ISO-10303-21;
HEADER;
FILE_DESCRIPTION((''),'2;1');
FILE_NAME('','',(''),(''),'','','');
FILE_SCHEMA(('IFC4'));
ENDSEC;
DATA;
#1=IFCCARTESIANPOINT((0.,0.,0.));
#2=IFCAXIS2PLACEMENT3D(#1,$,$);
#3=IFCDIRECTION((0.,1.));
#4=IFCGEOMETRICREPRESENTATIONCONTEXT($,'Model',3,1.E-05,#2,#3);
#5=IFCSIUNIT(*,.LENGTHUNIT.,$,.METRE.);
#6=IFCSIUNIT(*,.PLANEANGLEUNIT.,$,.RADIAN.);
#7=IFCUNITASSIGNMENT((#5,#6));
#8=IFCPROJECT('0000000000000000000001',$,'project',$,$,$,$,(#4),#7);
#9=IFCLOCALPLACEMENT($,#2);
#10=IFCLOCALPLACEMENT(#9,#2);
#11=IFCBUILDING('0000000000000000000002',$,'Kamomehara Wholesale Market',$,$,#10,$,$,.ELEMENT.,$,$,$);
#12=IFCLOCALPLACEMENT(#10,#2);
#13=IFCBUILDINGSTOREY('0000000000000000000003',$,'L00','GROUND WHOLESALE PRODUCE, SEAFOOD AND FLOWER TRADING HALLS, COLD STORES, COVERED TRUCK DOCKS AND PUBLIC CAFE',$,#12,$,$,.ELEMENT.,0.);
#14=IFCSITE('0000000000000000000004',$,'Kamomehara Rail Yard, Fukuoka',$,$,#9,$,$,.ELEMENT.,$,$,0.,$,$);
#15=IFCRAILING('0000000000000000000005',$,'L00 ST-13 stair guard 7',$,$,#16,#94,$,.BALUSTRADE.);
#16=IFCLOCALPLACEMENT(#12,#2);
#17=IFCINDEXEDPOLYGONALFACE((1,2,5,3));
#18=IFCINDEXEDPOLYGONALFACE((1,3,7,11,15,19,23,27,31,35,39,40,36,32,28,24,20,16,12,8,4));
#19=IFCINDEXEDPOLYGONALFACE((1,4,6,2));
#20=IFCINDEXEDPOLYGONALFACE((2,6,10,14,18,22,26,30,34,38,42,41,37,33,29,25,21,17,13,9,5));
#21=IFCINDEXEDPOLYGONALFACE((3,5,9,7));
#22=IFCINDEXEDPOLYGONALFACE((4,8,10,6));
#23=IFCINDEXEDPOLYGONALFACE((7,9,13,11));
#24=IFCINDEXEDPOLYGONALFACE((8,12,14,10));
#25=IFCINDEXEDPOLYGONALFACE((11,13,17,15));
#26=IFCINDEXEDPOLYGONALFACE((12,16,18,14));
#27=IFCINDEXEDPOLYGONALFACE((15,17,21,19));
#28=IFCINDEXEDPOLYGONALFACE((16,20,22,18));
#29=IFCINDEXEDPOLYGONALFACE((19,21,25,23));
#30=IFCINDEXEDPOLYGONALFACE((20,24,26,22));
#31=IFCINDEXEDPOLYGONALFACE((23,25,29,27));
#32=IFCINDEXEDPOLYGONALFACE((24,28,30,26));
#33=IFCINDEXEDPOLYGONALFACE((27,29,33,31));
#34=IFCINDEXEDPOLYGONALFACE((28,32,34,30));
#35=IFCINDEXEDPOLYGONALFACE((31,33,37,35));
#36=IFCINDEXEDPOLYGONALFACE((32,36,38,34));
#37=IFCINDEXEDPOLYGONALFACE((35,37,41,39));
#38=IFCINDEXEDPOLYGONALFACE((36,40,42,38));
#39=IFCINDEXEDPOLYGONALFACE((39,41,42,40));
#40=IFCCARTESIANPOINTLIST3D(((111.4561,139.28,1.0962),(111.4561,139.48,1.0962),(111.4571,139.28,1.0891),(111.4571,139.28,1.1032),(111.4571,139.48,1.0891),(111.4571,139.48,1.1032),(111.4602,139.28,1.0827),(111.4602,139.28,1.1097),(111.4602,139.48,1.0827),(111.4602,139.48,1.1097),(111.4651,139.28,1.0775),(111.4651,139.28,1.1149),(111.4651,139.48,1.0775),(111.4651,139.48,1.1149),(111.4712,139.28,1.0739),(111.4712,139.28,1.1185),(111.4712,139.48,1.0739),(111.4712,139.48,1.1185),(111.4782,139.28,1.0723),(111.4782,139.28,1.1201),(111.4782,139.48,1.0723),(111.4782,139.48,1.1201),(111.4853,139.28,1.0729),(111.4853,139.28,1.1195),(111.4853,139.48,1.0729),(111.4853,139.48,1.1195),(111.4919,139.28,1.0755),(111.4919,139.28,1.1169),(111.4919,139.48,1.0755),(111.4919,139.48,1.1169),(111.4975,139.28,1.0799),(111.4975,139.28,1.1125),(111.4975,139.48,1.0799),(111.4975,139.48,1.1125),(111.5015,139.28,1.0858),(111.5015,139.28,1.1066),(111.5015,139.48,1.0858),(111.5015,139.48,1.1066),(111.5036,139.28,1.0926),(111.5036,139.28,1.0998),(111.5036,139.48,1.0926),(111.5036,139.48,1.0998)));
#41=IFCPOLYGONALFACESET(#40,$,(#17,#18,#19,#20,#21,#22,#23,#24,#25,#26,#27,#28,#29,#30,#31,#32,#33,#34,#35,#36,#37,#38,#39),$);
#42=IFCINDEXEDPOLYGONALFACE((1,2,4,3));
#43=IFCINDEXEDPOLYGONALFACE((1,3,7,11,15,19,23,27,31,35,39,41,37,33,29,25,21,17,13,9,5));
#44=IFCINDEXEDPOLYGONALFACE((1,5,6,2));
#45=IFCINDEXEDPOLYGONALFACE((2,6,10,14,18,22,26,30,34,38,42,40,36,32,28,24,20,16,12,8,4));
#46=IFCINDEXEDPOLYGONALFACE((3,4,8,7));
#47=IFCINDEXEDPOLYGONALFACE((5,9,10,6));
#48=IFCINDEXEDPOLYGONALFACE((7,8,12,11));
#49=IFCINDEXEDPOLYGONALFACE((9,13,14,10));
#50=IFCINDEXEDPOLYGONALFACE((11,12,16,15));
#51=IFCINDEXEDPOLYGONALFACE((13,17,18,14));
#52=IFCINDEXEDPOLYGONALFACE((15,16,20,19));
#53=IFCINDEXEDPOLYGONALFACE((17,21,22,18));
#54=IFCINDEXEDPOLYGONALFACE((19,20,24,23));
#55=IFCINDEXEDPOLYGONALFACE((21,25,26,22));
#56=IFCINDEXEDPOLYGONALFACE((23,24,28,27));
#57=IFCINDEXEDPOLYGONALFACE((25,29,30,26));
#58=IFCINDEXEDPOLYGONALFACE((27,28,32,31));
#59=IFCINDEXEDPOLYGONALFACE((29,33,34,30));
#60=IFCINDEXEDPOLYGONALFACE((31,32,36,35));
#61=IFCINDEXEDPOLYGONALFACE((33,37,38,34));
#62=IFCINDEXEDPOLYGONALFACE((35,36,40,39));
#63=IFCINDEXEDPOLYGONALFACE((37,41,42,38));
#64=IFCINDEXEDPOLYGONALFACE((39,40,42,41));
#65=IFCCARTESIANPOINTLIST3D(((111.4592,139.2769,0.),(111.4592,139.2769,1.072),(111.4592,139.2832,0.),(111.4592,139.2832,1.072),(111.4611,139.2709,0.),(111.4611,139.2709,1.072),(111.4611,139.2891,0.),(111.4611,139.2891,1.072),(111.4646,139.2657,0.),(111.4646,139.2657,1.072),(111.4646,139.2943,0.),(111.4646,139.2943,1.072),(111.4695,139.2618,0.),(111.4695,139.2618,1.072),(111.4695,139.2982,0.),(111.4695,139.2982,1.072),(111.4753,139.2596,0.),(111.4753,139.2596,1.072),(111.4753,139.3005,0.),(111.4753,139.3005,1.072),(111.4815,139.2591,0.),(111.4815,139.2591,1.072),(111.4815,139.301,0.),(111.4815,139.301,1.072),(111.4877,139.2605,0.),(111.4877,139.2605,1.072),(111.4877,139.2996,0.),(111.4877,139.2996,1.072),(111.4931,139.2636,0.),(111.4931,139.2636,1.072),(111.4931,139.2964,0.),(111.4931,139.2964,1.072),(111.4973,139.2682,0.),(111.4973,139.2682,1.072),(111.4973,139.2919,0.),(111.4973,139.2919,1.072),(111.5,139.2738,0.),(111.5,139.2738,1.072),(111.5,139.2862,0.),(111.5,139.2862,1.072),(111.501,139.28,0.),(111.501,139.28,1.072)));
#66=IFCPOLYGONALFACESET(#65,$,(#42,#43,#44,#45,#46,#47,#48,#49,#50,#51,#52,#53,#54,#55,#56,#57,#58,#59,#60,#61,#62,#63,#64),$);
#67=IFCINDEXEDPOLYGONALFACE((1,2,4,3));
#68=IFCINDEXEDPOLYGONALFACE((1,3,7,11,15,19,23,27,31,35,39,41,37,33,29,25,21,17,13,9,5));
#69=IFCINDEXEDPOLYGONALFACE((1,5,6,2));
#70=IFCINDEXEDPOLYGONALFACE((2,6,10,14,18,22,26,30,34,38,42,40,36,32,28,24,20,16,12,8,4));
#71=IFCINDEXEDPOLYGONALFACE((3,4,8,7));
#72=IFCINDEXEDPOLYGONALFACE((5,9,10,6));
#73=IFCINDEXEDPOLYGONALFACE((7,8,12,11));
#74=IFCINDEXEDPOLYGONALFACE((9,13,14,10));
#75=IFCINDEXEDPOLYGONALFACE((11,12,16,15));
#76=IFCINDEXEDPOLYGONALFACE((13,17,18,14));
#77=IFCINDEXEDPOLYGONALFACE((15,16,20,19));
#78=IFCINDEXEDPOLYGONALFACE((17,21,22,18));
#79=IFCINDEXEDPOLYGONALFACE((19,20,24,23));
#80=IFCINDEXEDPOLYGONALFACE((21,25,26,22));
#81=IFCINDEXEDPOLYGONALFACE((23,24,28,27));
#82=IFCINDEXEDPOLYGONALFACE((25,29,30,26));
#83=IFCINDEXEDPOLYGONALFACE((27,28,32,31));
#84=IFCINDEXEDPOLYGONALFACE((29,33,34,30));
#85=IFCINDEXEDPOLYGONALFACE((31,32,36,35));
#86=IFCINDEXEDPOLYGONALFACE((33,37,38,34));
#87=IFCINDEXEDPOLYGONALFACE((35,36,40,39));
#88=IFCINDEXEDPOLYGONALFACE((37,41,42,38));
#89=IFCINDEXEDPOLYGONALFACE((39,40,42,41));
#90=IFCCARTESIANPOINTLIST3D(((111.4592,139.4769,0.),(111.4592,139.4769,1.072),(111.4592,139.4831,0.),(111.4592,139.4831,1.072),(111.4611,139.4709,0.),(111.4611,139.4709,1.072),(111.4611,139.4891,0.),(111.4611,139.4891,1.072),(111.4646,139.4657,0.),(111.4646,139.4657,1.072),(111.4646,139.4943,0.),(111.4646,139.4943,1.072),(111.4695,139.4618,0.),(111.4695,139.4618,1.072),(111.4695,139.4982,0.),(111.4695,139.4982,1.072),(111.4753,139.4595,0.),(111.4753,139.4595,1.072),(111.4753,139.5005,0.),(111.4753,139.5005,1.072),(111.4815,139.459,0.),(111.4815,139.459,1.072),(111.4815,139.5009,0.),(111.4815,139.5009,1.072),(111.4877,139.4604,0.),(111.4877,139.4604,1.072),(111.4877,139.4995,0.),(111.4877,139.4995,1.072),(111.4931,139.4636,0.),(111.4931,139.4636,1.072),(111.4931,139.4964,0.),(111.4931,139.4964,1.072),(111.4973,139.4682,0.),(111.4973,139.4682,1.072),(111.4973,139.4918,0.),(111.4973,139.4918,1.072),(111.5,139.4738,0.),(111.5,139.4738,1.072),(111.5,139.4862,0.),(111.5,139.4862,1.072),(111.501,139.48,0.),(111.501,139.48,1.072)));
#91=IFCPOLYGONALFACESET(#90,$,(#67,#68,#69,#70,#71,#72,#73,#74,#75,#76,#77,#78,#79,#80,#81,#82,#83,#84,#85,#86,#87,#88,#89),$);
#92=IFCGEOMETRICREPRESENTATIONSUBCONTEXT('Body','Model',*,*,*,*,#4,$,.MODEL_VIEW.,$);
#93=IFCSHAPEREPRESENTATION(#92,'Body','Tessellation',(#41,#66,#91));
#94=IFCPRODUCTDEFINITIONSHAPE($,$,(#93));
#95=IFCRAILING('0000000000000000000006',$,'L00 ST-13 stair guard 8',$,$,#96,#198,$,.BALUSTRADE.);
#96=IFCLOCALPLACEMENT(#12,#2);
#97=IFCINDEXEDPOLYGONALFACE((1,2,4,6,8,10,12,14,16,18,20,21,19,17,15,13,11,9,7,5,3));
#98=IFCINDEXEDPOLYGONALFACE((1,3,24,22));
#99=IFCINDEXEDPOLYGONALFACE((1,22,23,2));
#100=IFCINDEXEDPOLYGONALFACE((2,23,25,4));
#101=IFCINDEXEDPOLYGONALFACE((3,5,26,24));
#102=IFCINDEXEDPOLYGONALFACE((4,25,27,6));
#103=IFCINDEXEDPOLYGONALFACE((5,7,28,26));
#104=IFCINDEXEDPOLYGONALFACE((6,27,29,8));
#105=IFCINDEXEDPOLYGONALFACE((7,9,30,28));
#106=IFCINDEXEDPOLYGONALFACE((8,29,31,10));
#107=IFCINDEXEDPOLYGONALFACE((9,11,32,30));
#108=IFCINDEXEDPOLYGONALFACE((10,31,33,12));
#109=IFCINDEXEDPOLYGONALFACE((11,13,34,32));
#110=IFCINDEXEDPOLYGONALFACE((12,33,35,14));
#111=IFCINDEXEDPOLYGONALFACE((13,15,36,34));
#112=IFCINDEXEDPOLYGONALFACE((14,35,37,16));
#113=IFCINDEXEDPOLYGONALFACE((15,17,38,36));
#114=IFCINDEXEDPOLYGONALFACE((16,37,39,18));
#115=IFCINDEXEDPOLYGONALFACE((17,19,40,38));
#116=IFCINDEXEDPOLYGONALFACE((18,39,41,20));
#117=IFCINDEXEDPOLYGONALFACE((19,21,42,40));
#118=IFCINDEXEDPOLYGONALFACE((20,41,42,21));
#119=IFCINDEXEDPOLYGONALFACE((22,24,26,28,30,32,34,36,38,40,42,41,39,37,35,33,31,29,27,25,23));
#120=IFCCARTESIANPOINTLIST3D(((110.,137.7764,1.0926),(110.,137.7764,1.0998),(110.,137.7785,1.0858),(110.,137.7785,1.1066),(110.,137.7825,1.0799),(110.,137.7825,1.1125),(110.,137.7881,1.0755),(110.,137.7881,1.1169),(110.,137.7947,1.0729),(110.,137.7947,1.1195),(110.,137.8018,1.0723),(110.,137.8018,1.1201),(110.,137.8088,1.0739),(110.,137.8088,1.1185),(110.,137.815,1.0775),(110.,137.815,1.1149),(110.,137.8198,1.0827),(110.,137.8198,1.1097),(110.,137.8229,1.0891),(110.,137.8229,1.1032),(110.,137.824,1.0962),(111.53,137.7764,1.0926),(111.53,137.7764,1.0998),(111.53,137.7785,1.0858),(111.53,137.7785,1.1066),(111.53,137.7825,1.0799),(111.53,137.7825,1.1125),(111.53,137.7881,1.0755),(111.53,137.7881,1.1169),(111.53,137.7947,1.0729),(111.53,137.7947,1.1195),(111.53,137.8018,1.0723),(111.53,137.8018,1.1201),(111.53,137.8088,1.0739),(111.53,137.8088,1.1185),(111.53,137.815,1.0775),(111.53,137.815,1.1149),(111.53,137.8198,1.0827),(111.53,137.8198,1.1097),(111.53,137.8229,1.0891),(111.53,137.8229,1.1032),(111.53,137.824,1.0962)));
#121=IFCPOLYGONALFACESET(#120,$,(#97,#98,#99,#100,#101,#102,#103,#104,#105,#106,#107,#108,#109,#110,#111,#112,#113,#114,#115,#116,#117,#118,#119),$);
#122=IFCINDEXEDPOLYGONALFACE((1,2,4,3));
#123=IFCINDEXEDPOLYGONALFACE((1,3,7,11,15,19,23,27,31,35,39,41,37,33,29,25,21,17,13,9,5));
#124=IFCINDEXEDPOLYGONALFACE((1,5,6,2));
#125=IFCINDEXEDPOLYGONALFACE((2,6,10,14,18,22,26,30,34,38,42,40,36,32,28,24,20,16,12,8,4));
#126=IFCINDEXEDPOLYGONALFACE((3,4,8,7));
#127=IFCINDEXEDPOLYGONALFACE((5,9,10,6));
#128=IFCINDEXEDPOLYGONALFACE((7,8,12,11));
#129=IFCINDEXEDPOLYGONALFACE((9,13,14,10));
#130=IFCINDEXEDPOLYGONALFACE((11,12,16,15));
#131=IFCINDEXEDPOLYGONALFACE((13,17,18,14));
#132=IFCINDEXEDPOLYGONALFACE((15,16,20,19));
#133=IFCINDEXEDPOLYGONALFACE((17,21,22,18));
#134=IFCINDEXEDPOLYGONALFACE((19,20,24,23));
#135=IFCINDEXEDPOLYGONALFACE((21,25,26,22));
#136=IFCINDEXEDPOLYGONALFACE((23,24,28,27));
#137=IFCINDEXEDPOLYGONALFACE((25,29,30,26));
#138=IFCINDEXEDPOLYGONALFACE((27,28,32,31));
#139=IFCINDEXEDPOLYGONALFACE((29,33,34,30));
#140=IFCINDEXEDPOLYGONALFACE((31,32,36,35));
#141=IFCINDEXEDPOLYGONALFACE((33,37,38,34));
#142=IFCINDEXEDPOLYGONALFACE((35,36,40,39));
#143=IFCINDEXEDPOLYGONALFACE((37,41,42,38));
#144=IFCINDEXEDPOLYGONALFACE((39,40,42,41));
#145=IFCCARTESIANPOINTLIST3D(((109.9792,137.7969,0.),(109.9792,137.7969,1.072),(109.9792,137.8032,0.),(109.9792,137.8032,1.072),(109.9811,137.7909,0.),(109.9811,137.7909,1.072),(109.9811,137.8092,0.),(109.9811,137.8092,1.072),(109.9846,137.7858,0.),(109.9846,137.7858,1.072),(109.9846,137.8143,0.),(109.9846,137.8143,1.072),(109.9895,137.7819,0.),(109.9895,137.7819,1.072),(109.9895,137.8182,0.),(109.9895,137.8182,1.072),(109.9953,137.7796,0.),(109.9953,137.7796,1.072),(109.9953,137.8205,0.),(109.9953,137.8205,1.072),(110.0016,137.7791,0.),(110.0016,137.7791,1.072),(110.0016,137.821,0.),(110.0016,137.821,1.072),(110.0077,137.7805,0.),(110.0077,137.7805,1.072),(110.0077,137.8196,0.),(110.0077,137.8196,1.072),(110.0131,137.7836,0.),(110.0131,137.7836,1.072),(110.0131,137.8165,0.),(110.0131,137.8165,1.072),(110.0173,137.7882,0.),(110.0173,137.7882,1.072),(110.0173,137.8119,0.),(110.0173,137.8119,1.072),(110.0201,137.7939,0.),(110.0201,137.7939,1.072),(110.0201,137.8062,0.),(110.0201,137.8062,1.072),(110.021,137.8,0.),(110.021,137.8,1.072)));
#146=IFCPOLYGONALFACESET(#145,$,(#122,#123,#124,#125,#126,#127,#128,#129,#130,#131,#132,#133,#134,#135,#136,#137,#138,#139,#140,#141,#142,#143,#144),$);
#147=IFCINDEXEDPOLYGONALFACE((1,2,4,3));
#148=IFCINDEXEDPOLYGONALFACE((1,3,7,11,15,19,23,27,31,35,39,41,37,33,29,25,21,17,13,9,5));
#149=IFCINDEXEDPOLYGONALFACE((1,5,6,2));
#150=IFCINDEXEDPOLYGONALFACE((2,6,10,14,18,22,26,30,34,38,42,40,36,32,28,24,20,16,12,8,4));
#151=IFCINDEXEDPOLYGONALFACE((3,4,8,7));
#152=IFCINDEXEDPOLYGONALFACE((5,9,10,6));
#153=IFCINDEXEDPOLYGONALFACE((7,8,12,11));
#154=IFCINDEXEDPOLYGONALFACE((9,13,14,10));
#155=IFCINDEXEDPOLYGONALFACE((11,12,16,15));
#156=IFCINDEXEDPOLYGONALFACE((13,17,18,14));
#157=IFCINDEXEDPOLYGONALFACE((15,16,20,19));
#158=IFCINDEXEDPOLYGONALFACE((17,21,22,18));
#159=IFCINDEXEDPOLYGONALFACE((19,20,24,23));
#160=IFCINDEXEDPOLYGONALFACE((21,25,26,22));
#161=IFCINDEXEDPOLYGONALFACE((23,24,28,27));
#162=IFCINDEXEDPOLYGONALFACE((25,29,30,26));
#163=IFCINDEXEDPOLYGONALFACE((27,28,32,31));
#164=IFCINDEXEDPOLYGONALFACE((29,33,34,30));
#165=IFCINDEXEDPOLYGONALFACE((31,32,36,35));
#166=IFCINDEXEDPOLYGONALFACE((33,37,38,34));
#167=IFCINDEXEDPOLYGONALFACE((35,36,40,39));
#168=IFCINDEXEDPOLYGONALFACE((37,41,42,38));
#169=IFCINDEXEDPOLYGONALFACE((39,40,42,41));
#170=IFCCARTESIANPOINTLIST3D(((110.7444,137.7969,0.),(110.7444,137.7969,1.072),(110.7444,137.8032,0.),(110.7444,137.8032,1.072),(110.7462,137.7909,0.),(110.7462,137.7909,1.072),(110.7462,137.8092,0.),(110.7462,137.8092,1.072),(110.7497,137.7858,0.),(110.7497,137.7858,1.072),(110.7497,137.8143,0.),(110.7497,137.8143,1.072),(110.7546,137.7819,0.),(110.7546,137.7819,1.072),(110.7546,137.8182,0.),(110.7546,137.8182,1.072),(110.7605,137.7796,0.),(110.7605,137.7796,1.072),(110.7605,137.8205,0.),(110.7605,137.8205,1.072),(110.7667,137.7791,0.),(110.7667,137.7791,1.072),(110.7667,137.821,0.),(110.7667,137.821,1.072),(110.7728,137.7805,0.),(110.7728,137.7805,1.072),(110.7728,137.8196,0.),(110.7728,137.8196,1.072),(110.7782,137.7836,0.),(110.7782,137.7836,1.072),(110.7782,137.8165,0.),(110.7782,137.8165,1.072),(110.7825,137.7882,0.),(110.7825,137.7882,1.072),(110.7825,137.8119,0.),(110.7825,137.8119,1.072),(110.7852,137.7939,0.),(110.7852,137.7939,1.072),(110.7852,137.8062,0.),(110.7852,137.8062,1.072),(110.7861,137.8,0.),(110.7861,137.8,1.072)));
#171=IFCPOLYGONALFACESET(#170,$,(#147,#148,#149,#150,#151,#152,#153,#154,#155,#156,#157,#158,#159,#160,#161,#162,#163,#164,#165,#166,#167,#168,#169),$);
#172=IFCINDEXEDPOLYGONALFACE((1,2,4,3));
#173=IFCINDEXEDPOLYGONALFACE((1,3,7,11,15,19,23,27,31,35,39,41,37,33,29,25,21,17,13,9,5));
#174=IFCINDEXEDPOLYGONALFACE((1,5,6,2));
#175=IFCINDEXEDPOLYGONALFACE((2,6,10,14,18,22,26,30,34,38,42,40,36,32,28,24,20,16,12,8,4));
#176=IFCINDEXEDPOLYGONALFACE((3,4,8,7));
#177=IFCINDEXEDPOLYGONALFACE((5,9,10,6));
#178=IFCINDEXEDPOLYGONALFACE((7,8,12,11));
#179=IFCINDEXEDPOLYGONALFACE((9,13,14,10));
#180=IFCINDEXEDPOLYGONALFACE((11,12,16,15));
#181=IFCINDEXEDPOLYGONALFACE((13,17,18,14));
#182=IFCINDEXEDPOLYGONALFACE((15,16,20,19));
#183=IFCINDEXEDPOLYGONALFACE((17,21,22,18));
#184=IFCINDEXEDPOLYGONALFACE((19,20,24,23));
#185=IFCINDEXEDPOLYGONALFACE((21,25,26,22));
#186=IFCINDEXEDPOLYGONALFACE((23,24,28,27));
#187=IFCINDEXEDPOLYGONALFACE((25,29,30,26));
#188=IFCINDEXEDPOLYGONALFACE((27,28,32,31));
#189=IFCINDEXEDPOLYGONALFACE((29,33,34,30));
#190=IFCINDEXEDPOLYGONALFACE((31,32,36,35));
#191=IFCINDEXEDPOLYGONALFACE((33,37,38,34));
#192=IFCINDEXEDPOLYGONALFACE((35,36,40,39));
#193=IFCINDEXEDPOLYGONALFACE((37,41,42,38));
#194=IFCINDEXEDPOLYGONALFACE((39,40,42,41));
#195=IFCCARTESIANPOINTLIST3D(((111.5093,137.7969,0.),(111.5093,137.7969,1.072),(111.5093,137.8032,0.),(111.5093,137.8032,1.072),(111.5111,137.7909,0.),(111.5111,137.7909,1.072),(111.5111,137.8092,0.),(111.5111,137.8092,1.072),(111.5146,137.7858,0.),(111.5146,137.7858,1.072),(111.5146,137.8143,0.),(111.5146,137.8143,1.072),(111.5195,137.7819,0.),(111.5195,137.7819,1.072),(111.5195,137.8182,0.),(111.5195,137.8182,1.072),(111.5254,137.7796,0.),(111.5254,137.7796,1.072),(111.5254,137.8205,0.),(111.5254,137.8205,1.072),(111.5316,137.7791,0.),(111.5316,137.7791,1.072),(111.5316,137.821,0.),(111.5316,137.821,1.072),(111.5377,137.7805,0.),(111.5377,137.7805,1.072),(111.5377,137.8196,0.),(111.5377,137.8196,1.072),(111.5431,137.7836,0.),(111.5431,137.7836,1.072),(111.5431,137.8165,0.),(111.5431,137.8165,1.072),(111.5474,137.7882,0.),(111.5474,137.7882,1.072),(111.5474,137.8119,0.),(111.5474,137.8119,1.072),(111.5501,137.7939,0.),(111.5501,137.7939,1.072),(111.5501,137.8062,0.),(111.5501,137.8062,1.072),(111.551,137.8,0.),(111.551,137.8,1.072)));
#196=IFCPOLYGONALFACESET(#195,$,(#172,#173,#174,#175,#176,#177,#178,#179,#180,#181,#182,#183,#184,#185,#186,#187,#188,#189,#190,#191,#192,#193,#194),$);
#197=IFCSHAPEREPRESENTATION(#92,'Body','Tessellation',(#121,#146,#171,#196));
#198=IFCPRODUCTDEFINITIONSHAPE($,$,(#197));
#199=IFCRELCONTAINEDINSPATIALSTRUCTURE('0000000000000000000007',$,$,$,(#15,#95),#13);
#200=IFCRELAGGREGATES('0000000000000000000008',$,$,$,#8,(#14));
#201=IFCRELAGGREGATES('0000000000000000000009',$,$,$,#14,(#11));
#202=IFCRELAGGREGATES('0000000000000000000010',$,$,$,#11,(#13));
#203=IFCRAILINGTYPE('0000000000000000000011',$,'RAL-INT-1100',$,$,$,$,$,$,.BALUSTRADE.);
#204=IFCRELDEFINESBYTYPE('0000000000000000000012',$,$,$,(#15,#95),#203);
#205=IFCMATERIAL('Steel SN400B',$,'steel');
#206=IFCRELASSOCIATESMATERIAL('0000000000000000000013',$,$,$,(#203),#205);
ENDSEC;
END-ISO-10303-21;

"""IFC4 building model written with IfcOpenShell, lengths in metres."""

from ifc_helpers import new_model, si_unit, direction, frame, origin, origin_2d, place, context, subcontext, project, spatial, circle, extrude, material, type_object, element, save


model = new_model("IFC4")

# Units and contexts
model_context = context("Model", 3, precision=1e-05, world=origin(), true_north=direction((0.0, 1.0)))
body_context = subcontext(model_context, "Body", "Model", "MODEL_VIEW")
ifc_project = project(units=[si_unit("LENGTHUNIT", "METRE"), si_unit("PLANEANGLEUNIT", "RADIAN")], contexts=[model_context])

# Site, building, storey
site_placement = place(None, origin())
site = spatial("IfcSite", under=ifc_project, at=site_placement, Name="Kamomehara Rail Yard, Fukuoka", CompositionType="ELEMENT", RefElevation=0.0)
building_placement = place(site_placement, origin())
building = spatial("IfcBuilding", under=site, at=building_placement, Name="Kamomehara Wholesale Market", CompositionType="ELEMENT")
storey_placement = place(building_placement, origin())
storey = spatial("IfcBuildingStorey", under=building, at=storey_placement, Name="L00", Description="GROUND WHOLESALE PRODUCE, SEAFOOD AND FLOWER TRADING HALLS, COLD STORES, COVERED TRUCK DOCKS AND PUBLIC CAFE", CompositionType="ELEMENT", Elevation=0.0)

# Railings
ifc_material_1 = material(Name="Steel SN400B", Category="steel")
railing_type_1 = type_object("IfcRailingType", Name="RAL-INT-1100", PredefinedType="BALUSTRADE", material=ifc_material_1)
railing_1_placement = place(storey_placement, frame((111.48, 139.28, 0.0)))
element("IfcRailing", 1, at=railing_1_placement, inside=storey, type_object=railing_type_1, Name="L00 ST-13 stair guard 7", PredefinedType="BALUSTRADE", context=body_context, shape_type="SweptSolid", body=[
    extrude(circle(Radius=0.0239, at=origin_2d()), frame((0.0, 0.0, 1.0962), z_axis=(0.0, 1.0, 0.0), x_axis=(-1.0, 0.0, 0.0)), (0.0, 0.0, 1.0), 0.2),
    extrude(circle(Radius=0.021, at=origin_2d()), origin(), (0.0, 0.0, 1.0), 1.072),
    extrude(circle(Radius=0.021, at=origin_2d()), frame((0.0, 0.2, 0.0)), (0.0, 0.0, 1.0), 1.072),
])
railing_2_placement = place(storey_placement, frame((110.0, 137.8, 0.0)))
element("IfcRailing", 2, at=railing_2_placement, inside=storey, type_object=railing_type_1, Name="L00 ST-13 stair guard 8", PredefinedType="BALUSTRADE", context=body_context, shape_type="SweptSolid", body=[
    extrude(circle(Radius=0.0239, at=origin_2d()), frame((0.0, 0.0, 1.0962), z_axis=(1.0, 0.0, 0.0), x_axis=(0.0, 1.0, 0.0)), (0.0, 0.0, 1.0), 1.53),
    extrude(circle(Radius=0.021, at=origin_2d()), origin(), (0.0, 0.0, 1.0), 1.072),
    extrude(circle(Radius=0.021, at=origin_2d()), frame((0.7651, 0.0, 0.0)), (0.0, 0.0, 1.0), 1.072),
    extrude(circle(Radius=0.021, at=origin_2d()), frame((1.53, 0.0, 0.0)), (0.0, 0.0, 1.0), 1.072),
])

save(model, "model.ifc")
